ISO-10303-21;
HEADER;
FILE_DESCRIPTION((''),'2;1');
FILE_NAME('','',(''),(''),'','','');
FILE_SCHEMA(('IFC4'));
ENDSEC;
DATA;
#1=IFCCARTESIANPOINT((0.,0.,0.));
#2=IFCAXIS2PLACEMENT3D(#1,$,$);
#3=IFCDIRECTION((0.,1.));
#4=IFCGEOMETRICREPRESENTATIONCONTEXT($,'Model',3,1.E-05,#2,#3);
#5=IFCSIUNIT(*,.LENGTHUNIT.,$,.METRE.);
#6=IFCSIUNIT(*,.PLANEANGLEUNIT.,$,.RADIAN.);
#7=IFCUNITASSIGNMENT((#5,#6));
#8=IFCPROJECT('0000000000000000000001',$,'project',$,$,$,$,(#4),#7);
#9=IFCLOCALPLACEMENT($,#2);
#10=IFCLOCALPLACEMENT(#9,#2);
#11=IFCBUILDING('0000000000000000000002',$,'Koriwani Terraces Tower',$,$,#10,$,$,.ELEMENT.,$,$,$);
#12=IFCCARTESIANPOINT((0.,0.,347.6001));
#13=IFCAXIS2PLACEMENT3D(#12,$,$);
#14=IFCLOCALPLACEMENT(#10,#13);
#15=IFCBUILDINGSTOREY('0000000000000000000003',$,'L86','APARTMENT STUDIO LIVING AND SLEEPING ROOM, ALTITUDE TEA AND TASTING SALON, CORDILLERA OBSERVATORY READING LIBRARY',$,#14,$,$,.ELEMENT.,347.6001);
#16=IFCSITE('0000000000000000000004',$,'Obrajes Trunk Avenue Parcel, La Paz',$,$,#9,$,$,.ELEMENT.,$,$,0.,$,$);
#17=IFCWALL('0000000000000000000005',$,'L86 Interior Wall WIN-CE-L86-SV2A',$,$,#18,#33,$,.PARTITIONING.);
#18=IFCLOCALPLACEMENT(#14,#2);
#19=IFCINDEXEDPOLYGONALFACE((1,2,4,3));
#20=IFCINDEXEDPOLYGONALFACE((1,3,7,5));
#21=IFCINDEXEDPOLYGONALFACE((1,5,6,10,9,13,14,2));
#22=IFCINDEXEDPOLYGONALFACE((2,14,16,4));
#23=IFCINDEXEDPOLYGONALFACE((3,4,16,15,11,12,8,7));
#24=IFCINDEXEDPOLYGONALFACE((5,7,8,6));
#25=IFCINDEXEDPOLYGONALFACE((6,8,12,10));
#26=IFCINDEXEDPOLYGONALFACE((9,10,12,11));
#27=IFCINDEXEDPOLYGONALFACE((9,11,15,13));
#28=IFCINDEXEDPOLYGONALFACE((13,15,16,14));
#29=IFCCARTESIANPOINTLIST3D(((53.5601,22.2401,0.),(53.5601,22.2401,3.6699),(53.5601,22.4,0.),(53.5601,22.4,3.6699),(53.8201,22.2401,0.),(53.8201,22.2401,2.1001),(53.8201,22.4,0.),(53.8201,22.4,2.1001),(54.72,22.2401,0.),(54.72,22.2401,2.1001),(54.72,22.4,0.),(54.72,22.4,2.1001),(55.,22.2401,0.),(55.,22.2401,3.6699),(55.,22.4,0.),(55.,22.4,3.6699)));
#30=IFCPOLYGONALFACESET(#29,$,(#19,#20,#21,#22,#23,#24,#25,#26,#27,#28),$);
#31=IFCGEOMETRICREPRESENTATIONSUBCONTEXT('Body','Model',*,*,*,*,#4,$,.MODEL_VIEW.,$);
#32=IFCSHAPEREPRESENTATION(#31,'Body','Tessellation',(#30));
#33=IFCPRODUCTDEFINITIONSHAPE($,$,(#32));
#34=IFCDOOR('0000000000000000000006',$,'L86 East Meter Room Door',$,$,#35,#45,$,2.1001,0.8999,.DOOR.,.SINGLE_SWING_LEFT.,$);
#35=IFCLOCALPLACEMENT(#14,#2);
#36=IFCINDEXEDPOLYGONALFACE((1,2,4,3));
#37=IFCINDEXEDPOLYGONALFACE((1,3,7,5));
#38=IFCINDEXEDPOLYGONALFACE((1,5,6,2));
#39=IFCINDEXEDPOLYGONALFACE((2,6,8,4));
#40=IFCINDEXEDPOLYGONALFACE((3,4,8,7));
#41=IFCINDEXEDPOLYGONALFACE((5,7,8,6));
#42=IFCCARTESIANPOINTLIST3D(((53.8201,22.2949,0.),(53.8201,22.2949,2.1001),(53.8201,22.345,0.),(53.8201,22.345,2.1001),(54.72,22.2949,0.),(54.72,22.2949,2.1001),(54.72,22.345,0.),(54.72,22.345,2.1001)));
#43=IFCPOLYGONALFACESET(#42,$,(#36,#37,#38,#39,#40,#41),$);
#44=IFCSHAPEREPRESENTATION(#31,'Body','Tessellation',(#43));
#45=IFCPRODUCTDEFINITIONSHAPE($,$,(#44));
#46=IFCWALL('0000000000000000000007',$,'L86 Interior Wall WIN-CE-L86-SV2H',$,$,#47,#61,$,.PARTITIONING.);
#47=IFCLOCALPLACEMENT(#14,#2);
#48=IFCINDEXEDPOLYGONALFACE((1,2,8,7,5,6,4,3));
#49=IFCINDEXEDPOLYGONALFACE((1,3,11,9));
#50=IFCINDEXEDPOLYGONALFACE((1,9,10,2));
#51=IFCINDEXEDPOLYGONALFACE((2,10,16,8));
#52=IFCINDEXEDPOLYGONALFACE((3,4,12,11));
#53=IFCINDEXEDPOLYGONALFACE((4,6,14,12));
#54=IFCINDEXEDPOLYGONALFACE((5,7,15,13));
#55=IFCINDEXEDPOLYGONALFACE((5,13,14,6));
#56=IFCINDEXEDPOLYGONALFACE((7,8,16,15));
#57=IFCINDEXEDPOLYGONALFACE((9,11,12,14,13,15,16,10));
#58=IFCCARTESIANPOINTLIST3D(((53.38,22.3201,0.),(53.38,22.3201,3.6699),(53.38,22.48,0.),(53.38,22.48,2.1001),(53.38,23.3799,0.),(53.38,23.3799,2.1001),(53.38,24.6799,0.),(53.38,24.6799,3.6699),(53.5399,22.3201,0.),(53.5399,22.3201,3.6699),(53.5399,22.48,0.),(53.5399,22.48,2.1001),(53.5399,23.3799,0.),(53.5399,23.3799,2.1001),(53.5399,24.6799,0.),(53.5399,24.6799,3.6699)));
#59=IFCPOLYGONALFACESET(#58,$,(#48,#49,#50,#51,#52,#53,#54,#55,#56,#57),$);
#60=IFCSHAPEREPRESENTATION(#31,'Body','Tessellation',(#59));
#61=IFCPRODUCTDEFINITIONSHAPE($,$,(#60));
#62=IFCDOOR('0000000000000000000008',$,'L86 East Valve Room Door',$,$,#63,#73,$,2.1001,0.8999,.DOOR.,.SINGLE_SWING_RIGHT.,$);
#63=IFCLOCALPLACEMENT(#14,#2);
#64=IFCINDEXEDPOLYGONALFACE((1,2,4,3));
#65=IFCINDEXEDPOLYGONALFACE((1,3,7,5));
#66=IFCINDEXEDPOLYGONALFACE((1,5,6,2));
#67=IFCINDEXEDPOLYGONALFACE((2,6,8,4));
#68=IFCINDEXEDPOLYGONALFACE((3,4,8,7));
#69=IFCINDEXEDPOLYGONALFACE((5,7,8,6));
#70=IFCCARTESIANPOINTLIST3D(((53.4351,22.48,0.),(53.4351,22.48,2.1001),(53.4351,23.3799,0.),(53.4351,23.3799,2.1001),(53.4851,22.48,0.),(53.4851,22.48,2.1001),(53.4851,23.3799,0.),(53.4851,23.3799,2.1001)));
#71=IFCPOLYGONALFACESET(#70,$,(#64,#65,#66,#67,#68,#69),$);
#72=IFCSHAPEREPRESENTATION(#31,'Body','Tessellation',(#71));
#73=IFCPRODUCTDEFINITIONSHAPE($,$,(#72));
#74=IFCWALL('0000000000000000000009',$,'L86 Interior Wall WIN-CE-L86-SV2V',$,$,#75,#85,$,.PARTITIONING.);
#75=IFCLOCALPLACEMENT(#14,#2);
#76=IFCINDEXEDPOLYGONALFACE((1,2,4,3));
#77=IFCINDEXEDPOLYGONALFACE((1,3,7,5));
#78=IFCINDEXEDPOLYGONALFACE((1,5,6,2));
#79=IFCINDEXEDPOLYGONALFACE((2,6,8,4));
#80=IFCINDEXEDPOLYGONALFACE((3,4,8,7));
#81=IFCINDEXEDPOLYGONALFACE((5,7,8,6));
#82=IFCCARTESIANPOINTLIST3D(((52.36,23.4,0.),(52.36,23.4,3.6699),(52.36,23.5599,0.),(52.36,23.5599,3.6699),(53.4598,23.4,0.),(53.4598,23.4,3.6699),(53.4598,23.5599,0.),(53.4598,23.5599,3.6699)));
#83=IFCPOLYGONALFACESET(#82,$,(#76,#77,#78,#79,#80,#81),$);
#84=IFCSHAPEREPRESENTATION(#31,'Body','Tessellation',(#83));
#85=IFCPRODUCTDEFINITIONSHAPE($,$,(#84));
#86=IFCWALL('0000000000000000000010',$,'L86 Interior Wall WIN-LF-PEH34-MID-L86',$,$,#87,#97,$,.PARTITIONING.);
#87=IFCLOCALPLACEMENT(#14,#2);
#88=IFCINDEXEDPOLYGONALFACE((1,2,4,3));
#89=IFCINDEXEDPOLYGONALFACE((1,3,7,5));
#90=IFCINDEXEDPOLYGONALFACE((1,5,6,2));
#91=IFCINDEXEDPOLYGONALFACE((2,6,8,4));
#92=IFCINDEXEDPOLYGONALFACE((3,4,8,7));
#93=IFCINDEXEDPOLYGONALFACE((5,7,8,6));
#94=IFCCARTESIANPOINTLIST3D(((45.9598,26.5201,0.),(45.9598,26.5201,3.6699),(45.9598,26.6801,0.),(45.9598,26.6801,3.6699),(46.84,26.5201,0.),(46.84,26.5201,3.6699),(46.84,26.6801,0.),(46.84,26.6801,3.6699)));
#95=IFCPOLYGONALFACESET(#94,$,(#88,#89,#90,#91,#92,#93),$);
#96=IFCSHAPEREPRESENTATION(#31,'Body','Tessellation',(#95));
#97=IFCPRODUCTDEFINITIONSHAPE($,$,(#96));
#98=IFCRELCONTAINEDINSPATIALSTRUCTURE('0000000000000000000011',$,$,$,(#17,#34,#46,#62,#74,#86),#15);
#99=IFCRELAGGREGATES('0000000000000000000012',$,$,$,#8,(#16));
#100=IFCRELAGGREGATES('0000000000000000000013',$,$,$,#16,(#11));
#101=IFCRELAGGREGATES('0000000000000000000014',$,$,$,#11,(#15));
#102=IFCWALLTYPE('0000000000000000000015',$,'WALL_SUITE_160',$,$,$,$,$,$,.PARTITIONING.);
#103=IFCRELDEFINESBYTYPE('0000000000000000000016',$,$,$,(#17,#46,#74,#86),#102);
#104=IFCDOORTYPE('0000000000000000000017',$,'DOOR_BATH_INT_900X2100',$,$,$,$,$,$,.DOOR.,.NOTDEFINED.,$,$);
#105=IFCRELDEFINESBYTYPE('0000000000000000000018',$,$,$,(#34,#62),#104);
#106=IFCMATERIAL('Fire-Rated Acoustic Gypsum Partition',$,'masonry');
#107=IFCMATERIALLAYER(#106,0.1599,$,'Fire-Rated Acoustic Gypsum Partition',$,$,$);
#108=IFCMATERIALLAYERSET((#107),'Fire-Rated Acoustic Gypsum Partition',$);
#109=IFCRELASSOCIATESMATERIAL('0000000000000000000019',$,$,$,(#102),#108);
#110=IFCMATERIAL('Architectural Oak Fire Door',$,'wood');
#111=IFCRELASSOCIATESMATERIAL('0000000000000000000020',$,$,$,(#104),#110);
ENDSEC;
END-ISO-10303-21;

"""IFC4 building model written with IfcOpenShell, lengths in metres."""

from ifc_helpers import new_model, si_unit, direction, frame, frame_2d, origin, place, context, subcontext, project, spatial, rectangle, extrude, material, layer, layer_set, type_object, element, fill, save


model = new_model("IFC4")

# Units and contexts
model_context = context("Model", 3, precision=1e-05, world=origin(), true_north=direction((0.0, 1.0)))
body_context = subcontext(model_context, "Body", "Model", "MODEL_VIEW")
ifc_project = project(units=[si_unit("LENGTHUNIT", "METRE"), si_unit("PLANEANGLEUNIT", "RADIAN")], contexts=[model_context])

# Site, building, storey
site_placement = place(None, origin())
site = spatial("IfcSite", under=ifc_project, at=site_placement, Name="Obrajes Trunk Avenue Parcel, La Paz", CompositionType="ELEMENT", RefElevation=0.0)
building_placement = place(site_placement, origin())
building = spatial("IfcBuilding", under=site, at=building_placement, Name="Koriwani Terraces Tower", CompositionType="ELEMENT")
storey_placement = place(building_placement, frame((0.0, 0.0, 347.6001)))
storey = spatial("IfcBuildingStorey", under=building, at=storey_placement, Name="L86", Description="APARTMENT STUDIO LIVING AND SLEEPING ROOM, ALTITUDE TEA AND TASTING SALON, CORDILLERA OBSERVATORY READING LIBRARY", CompositionType="ELEMENT", Elevation=347.6001)

# Walls, openings, doors
ifc_material_1 = material(Name="Fire-Rated Acoustic Gypsum Partition", Category="masonry")
ifc_layer_1 = layer(ifc_material_1, 0.1599, Name="Fire-Rated Acoustic Gypsum Partition")
ifc_layer_set_1 = layer_set([ifc_layer_1], Name="Fire-Rated Acoustic Gypsum Partition")
wall_type_1 = type_object("IfcWallType", Name="WALL_SUITE_160", PredefinedType="PARTITIONING", material=ifc_layer_set_1)
wall_1_placement = place(storey_placement, frame((53.5601, 22.3201, 0.0), z_axis=(0.0, 0.0, 1.0), x_axis=(1.0, 0.0, 0.0)))
wall_1 = element("IfcWall", 1, at=wall_1_placement, inside=storey, type_object=wall_type_1, Name="L86 Interior Wall WIN-CE-L86-SV2A", PredefinedType="PARTITIONING", context=body_context, shape_type="SweptSolid", body=[
    extrude(rectangle(XDim=1.4399, YDim=0.1599, at=frame_2d((0.72, 0.0))), origin(), (0.0, 0.0, 1.0), 3.6699),
])
opening_1_placement = place(wall_1_placement, frame((0.26, 0.0, 0.0)))
opening_1 = element("IfcOpeningElement", 2, at=opening_1_placement, cuts=wall_1, PredefinedType="OPENING", context=body_context, shape_type="SweptSolid", body=[
    extrude(rectangle(XDim=0.8999, YDim=2.1001, at=frame_2d((0.45, 1.05))), frame((0.0, 0.0898, 0.0), z_axis=(0.0, -1.0, 0.0), x_axis=(1.0, 0.0, 0.0)), (0.0, 0.0, 1.0), 0.1799),
])
ifc_material_2 = material(Name="Architectural Oak Fire Door", Category="wood")
door_type_1 = type_object("IfcDoorType", Name="DOOR_BATH_INT_900X2100", OperationType="NOTDEFINED", PredefinedType="DOOR", material=ifc_material_2)
door_1_placement = place(opening_1_placement, origin())
door_1 = element("IfcDoor", 3, at=door_1_placement, inside=storey, type_object=door_type_1, Name="L86 East Meter Room Door", OperationType="SINGLE_SWING_LEFT", OverallHeight=2.1001, OverallWidth=0.8999, PredefinedType="DOOR", context=body_context, shape_type="SweptSolid", body=[
    extrude(rectangle(XDim=0.8999, YDim=2.1001, at=frame_2d((0.45, 1.05))), frame((0.0, 0.0249, 0.0), z_axis=(0.0, -1.0, 0.0), x_axis=(1.0, 0.0, 0.0)), (0.0, 0.0, 1.0), 0.05),
])
fill(opening_1, door_1)
wall_2_placement = place(storey_placement, frame((53.46, 22.3201, 0.0), z_axis=(0.0, 0.0, 1.0), x_axis=(0.0, 1.0, 0.0)))
wall_2 = element("IfcWall", 4, at=wall_2_placement, inside=storey, type_object=wall_type_1, Name="L86 Interior Wall WIN-CE-L86-SV2H", PredefinedType="PARTITIONING", context=body_context, shape_type="SweptSolid", body=[
    extrude(rectangle(XDim=2.3599, YDim=0.1599, at=frame_2d((1.1799, 0.0))), origin(), (0.0, 0.0, 1.0), 3.6699),
])
opening_2_placement = place(wall_2_placement, frame((0.1599, 0.0, 0.0)))
opening_2 = element("IfcOpeningElement", 5, at=opening_2_placement, cuts=wall_2, PredefinedType="OPENING", context=body_context, shape_type="SweptSolid", body=[
    extrude(rectangle(XDim=0.8999, YDim=2.1001, at=frame_2d((0.45, 1.05))), frame((0.0, 0.0898, 0.0), z_axis=(0.0, -1.0, 0.0), x_axis=(1.0, 0.0, 0.0)), (0.0, 0.0, 1.0), 0.1799),
])
door_2_placement = place(opening_2_placement, origin())
door_2 = element("IfcDoor", 6, at=door_2_placement, inside=storey, type_object=door_type_1, Name="L86 East Valve Room Door", OperationType="SINGLE_SWING_RIGHT", OverallHeight=2.1001, OverallWidth=0.8999, PredefinedType="DOOR", context=body_context, shape_type="SweptSolid", body=[
    extrude(rectangle(XDim=0.8999, YDim=2.1001, at=frame_2d((0.45, 1.05))), frame((0.0, 0.0249, 0.0), z_axis=(0.0, -1.0, 0.0), x_axis=(1.0, 0.0, 0.0)), (0.0, 0.0, 1.0), 0.05),
])
fill(opening_2, door_2)

# Walls
wall_3_placement = place(storey_placement, frame((52.3601, 23.48, 0.0), z_axis=(0.0, 0.0, 1.0), x_axis=(1.0, 0.0, 0.0)))
element("IfcWall", 7, at=wall_3_placement, inside=storey, type_object=wall_type_1, Name="L86 Interior Wall WIN-CE-L86-SV2V", PredefinedType="PARTITIONING", context=body_context, shape_type="SweptSolid", body=[
    extrude(rectangle(XDim=1.0999, YDim=0.1599, at=frame_2d((0.5498, 0.0))), origin(), (0.0, 0.0, 1.0), 3.6699),
])
wall_4_placement = place(storey_placement, frame((45.96, 26.6001, 0.0), z_axis=(0.0, 0.0, 1.0), x_axis=(1.0, 0.0, 0.0)))
element("IfcWall", 8, at=wall_4_placement, inside=storey, type_object=wall_type_1, Name="L86 Interior Wall WIN-LF-PEH34-MID-L86", PredefinedType="PARTITIONING", context=body_context, shape_type="SweptSolid", body=[
    extrude(rectangle(XDim=0.8801, YDim=0.1599, at=frame_2d((0.4399, 0.0))), origin(), (0.0, 0.0, 1.0), 3.6699),
])

save(model, "model.ifc")
